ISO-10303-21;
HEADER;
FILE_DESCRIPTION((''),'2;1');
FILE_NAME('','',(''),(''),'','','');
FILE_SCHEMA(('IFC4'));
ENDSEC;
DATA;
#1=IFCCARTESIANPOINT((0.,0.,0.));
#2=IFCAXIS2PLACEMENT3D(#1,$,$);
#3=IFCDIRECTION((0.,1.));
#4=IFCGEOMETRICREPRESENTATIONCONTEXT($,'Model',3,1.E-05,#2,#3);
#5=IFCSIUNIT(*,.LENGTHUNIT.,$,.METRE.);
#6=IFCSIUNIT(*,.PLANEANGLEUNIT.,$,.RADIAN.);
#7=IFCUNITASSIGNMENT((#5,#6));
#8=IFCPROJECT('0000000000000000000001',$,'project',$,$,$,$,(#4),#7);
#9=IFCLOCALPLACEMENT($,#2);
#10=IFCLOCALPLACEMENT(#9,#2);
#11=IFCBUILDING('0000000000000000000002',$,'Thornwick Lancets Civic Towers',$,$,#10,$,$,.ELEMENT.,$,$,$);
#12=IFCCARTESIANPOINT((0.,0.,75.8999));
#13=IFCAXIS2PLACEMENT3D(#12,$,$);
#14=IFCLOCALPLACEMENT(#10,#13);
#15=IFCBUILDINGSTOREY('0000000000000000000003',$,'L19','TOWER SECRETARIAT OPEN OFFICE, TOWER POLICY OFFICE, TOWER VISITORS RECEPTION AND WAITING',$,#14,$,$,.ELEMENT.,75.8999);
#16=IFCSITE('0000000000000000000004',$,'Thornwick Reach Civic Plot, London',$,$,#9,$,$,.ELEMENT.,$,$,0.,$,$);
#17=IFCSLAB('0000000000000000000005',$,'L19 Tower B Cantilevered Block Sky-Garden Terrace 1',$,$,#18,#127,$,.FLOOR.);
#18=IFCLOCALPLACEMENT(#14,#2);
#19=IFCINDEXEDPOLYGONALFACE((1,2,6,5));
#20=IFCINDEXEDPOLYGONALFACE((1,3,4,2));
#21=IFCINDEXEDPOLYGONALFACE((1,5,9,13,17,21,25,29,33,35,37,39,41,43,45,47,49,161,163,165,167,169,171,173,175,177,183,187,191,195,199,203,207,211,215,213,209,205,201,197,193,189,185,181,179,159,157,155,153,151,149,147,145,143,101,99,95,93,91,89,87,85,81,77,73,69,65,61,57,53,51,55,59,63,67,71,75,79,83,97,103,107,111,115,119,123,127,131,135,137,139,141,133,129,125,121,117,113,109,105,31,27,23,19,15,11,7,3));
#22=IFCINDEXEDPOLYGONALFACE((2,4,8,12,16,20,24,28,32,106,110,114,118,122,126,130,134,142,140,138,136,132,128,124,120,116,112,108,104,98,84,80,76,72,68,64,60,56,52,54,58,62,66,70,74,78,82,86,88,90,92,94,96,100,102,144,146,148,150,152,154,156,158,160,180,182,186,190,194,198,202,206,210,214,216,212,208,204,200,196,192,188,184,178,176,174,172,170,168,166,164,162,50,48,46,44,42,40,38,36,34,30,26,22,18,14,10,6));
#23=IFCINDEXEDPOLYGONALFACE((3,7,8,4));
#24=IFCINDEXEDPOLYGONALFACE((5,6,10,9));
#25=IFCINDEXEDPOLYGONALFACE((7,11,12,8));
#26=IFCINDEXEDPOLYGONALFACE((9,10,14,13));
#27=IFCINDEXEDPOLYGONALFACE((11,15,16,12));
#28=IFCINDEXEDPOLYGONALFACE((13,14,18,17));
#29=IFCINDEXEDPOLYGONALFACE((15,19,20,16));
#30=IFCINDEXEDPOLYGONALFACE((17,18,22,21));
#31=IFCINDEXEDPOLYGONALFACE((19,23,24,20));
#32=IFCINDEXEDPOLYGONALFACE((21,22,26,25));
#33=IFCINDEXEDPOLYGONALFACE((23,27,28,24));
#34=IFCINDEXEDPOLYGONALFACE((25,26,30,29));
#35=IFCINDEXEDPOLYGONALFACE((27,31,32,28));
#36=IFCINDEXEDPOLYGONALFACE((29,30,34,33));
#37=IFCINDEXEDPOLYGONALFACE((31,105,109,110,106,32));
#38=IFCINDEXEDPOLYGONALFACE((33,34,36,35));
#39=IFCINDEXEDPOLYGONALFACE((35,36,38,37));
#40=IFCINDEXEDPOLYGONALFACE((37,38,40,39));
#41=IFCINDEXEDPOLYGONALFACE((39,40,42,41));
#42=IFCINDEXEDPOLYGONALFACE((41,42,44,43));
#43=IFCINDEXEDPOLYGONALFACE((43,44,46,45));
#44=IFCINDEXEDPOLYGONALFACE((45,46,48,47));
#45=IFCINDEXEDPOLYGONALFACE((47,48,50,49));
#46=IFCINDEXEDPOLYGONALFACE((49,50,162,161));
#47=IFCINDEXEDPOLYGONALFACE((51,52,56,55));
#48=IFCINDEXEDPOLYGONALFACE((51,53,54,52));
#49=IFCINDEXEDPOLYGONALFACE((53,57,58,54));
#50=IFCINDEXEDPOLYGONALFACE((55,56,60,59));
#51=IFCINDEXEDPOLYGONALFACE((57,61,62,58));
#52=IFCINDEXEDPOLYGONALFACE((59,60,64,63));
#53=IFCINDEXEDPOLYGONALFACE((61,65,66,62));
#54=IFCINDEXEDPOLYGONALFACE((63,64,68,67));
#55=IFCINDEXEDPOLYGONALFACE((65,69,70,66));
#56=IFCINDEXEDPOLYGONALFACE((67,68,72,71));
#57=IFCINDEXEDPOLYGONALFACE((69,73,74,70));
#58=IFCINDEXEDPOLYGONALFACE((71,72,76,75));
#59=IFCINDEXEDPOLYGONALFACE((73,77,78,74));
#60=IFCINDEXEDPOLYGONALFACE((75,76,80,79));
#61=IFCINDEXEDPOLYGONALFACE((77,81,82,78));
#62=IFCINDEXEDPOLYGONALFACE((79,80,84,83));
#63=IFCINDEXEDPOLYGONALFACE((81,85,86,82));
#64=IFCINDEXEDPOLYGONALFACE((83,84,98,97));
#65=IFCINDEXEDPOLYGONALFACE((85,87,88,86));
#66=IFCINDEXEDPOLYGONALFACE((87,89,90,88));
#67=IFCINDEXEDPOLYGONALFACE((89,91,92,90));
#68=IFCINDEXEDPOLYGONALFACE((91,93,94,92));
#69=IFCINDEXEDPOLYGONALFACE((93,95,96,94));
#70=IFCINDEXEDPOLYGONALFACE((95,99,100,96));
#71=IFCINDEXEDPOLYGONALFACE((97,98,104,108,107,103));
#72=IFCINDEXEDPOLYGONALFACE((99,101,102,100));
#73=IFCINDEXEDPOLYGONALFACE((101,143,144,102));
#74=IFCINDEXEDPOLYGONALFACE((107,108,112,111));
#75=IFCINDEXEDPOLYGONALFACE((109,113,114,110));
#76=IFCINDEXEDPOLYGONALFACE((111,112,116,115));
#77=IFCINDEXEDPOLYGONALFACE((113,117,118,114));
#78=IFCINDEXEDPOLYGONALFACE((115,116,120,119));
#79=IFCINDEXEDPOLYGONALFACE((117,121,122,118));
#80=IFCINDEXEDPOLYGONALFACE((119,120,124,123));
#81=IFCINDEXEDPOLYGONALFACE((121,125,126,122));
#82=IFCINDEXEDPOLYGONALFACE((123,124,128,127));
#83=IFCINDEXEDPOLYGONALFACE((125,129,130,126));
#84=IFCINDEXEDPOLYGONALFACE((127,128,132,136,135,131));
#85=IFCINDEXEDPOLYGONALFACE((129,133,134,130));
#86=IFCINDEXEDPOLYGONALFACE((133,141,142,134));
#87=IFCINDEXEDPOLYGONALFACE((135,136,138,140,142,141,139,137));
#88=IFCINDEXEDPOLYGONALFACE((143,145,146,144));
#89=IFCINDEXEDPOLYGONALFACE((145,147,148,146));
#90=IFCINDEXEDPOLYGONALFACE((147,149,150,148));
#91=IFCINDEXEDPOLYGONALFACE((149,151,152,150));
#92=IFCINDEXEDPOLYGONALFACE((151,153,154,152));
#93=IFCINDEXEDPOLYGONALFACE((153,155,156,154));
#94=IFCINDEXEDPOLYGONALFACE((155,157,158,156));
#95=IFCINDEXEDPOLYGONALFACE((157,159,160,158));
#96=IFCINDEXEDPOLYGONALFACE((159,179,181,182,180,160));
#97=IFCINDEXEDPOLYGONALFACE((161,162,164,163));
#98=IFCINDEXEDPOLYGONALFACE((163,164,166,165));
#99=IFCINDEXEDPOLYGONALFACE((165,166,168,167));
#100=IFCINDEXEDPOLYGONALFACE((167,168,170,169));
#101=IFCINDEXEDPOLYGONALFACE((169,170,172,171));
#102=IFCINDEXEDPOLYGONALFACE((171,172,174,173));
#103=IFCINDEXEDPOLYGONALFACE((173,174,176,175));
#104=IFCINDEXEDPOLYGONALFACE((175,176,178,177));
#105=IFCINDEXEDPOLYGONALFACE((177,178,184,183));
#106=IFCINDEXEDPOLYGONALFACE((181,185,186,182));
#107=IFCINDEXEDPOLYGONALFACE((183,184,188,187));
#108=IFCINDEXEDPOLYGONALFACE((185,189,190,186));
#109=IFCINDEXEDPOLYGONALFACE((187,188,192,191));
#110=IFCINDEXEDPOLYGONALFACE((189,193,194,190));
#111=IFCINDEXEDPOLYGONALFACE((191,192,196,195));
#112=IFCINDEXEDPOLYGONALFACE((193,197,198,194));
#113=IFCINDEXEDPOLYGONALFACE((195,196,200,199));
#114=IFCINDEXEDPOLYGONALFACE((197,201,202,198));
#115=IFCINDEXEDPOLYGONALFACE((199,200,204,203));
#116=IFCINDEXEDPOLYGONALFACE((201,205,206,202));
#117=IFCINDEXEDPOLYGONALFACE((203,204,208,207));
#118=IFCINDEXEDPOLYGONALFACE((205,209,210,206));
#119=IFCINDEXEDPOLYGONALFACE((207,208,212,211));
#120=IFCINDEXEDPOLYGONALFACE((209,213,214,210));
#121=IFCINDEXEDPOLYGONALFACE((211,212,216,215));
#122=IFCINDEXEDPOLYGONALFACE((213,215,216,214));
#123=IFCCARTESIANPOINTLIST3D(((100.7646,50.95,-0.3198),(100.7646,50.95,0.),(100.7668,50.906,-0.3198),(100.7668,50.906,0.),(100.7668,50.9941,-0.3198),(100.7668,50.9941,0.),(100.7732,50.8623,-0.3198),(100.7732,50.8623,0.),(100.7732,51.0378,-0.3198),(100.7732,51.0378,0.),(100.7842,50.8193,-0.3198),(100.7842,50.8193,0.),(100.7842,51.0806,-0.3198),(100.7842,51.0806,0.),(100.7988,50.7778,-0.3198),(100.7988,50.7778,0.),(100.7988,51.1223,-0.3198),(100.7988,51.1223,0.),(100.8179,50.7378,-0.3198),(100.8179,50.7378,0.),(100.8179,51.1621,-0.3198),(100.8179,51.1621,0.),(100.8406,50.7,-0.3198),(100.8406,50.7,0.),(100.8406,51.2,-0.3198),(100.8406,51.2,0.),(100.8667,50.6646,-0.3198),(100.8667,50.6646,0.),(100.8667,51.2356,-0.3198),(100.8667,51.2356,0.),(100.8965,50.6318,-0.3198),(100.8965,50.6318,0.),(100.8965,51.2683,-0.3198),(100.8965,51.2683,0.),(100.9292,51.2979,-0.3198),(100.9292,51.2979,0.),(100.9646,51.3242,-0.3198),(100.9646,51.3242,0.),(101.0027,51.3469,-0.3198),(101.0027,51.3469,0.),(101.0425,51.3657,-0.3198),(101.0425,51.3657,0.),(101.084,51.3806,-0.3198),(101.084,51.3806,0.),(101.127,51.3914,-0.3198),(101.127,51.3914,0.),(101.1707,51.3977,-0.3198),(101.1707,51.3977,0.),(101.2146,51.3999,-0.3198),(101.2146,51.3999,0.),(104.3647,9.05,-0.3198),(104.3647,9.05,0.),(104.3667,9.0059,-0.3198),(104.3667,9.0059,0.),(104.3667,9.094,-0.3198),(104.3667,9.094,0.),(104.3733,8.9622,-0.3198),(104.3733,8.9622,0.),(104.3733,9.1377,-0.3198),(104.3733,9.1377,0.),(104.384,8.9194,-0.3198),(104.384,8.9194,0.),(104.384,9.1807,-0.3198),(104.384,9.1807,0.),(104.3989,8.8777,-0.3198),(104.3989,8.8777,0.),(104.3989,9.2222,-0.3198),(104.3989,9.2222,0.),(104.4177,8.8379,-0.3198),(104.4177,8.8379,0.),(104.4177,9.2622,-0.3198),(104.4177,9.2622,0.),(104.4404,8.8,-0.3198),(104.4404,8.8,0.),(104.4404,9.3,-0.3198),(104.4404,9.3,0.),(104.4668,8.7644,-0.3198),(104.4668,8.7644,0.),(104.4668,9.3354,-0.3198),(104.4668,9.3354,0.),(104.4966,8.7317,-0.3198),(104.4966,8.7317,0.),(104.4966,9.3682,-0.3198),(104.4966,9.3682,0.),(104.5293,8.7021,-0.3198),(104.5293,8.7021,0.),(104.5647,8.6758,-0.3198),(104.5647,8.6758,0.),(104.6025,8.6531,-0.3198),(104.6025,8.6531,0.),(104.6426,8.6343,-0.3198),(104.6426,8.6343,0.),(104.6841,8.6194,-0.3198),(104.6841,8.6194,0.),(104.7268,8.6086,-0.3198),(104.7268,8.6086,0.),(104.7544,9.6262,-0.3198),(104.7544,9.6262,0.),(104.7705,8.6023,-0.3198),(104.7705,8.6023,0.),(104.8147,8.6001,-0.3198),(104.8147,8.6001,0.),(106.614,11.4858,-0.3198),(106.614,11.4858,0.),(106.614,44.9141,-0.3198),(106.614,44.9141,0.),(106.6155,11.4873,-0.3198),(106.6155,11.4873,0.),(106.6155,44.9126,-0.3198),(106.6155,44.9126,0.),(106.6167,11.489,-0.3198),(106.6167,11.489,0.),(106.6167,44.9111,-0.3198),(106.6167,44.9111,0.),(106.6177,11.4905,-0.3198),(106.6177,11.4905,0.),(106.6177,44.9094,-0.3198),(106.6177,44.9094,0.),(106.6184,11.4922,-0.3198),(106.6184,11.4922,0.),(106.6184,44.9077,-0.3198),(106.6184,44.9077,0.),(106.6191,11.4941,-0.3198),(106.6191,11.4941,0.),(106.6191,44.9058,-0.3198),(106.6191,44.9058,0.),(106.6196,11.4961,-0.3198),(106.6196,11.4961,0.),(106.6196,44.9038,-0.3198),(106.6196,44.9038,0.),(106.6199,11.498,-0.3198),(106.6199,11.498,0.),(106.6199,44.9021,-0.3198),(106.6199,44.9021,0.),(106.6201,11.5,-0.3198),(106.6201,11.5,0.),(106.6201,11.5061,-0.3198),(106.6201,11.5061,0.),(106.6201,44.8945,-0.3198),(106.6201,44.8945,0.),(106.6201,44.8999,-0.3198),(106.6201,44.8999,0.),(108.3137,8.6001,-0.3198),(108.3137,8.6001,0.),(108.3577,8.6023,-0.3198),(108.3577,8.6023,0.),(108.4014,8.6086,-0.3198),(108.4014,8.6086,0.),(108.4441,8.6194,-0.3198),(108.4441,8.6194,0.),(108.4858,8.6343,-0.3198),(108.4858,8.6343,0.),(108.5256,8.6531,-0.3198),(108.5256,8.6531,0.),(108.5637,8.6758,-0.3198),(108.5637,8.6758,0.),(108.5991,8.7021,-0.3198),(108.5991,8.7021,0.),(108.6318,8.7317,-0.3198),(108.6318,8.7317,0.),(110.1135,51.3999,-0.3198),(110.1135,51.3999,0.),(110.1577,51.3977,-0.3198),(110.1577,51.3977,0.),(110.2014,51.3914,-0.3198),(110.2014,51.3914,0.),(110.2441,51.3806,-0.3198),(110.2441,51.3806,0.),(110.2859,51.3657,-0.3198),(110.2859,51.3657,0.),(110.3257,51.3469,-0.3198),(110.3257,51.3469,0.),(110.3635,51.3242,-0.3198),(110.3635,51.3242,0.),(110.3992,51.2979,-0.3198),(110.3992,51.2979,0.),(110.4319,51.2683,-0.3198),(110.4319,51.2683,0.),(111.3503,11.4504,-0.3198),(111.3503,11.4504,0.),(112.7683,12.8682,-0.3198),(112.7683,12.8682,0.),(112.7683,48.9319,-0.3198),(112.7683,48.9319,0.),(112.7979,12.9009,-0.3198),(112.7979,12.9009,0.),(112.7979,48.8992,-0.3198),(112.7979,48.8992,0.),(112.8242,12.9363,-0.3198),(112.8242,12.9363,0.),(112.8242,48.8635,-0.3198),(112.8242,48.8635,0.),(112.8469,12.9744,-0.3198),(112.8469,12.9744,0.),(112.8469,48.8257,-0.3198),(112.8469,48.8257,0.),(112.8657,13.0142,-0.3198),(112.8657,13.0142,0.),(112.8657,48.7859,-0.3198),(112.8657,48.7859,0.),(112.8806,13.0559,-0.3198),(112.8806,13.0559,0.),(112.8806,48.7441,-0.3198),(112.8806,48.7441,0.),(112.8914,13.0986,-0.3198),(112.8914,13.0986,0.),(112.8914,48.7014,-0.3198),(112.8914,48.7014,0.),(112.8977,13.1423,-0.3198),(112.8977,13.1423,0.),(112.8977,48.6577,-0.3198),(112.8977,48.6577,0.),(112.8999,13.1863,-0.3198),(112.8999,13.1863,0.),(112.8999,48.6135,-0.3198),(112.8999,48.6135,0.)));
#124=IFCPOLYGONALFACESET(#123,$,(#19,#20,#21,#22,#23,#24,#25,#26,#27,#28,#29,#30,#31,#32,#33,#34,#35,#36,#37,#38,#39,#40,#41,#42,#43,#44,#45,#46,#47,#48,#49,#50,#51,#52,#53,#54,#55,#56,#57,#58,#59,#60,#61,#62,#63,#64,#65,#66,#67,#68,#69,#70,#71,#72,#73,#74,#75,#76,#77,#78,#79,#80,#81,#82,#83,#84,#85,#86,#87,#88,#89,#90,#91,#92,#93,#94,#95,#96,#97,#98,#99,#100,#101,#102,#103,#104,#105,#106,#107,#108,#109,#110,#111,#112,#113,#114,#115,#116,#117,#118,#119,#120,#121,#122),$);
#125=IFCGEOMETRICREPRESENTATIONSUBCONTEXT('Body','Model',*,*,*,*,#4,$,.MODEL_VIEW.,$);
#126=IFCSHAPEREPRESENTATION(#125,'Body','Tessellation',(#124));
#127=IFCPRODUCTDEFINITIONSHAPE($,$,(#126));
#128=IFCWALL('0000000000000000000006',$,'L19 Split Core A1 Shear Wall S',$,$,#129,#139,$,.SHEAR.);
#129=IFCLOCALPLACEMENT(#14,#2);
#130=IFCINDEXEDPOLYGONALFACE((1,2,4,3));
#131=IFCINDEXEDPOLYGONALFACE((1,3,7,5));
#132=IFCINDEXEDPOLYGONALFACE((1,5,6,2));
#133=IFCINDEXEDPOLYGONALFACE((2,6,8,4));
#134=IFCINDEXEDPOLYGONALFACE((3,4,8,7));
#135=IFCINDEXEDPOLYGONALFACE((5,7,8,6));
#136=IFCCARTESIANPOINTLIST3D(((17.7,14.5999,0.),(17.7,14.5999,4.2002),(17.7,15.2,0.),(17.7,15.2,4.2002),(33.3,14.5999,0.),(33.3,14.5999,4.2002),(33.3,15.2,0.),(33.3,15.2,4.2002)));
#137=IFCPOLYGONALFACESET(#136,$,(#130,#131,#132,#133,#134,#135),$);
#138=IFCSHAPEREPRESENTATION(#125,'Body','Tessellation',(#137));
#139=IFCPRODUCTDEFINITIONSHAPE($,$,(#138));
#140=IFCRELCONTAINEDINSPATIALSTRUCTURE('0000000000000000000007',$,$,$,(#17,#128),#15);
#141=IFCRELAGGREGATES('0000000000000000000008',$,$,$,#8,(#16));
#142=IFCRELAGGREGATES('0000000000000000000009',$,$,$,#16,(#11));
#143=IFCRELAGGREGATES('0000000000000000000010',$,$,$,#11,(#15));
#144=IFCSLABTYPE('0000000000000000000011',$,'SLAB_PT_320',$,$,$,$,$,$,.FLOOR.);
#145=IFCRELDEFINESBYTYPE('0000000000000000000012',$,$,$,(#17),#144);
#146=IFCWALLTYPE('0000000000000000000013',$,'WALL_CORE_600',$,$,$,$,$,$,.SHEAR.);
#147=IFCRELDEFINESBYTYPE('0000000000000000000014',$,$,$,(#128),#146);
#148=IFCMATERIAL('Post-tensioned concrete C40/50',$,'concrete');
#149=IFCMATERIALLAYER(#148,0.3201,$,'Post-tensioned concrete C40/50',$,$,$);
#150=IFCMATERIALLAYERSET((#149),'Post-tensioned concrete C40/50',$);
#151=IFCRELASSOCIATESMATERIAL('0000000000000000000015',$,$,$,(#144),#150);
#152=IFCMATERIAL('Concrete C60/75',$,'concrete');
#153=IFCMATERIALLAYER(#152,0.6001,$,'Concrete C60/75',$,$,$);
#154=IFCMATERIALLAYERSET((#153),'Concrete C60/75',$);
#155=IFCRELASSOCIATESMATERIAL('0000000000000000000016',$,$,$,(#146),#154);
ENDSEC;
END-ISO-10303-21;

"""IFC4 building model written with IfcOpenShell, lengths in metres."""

from ifc_helpers import new_model, si_unit, direction, frame, frame_2d, origin, place, context, subcontext, project, spatial, polyline, rectangle, outline, extrude, material, layer, layer_set, type_object, element, save


model = new_model("IFC4")

# Units and contexts
model_context = context("Model", 3, precision=1e-05, world=origin(), true_north=direction((0.0, 1.0)))
body_context = subcontext(model_context, "Body", "Model", "MODEL_VIEW")
ifc_project = project(units=[si_unit("LENGTHUNIT", "METRE"), si_unit("PLANEANGLEUNIT", "RADIAN")], contexts=[model_context])

# Site, building, storey
site_placement = place(None, origin())
site = spatial("IfcSite", under=ifc_project, at=site_placement, Name="Thornwick Reach Civic Plot, London", CompositionType="ELEMENT", RefElevation=0.0)
building_placement = place(site_placement, origin())
building = spatial("IfcBuilding", under=site, at=building_placement, Name="Thornwick Lancets Civic Towers", CompositionType="ELEMENT")
storey_placement = place(building_placement, frame((0.0, 0.0, 75.8999)))
storey = spatial("IfcBuildingStorey", under=building, at=storey_placement, Name="L19", Description="TOWER SECRETARIAT OPEN OFFICE, TOWER POLICY OFFICE, TOWER VISITORS RECEPTION AND WAITING", CompositionType="ELEMENT", Elevation=75.8999)

# Shared definitions
ifc_material_1 = material(Name="Concrete C60/75", Category="concrete")

# Slab
ifc_material_2 = material(Name="Post-tensioned concrete C40/50", Category="concrete")
ifc_layer_1 = layer(ifc_material_2, 0.3201, Name="Post-tensioned concrete C40/50")
ifc_layer_set_1 = layer_set([ifc_layer_1], Name="Post-tensioned concrete C40/50")
slab_type_1 = type_object("IfcSlabType", Name="SLAB_PT_320", PredefinedType="FLOOR", material=ifc_layer_set_1)
slab_1_placement = place(storey_placement, frame((0.0, 0.0, -0.3198)))
element("IfcSlab", 1, at=slab_1_placement, inside=storey, type_object=slab_type_1, Name="L19 Tower B Cantilevered Block Sky-Garden Terrace 1", PredefinedType="FLOOR", context=body_context, shape_type="SweptSolid", body=[
    extrude(outline(polyline([(100.8667, 50.6646), (100.8406, 50.7), (100.8179, 50.7378), (100.7988, 50.7778), (100.7842, 50.8193), (100.7732, 50.8623), (100.7668, 50.906), (100.7646, 50.95), (100.7668, 50.9941), (100.7732, 51.0378), (100.7842, 51.0806), (100.7988, 51.1223), (100.8179, 51.1621), (100.8406, 51.2), (100.8667, 51.2356), (100.8965, 51.2683), (100.9292, 51.2979), (100.9646, 51.3242), (101.0027, 51.3469), (101.0425, 51.3657), (101.084, 51.3806), (101.127, 51.3914), (101.1707, 51.3977), (101.2146, 51.3999), (110.1135, 51.3999), (110.1577, 51.3977), (110.2014, 51.3914), (110.2441, 51.3806), (110.2859, 51.3657), (110.3257, 51.3469), (110.3635, 51.3242), (110.3992, 51.2979), (110.4319, 51.2683), (112.7683, 48.9319), (112.7979, 48.8992), (112.8242, 48.8635), (112.8469, 48.8257), (112.8657, 48.7859), (112.8806, 48.7441), (112.8914, 48.7014), (112.8977, 48.6577), (112.8999, 48.6135), (112.8999, 13.1863), (112.8977, 13.1423), (112.8914, 13.0986), (112.8806, 13.0559), (112.8657, 13.0142), (112.8469, 12.9744), (112.8242, 12.9363), (112.7979, 12.9009), (112.7683, 12.8682), (111.3503, 11.4504), (108.6318, 8.7317), (108.5991, 8.7021), (108.5637, 8.6758), (108.5256, 8.6531), (108.4858, 8.6343), (108.4441, 8.6194), (108.4014, 8.6086), (108.3577, 8.6023), (108.3137, 8.6001), (104.8147, 8.6001), (104.7705, 8.6023), (104.7268, 8.6086), (104.6841, 8.6194), (104.6426, 8.6343), (104.6025, 8.6531), (104.5647, 8.6758), (104.5293, 8.7021), (104.4966, 8.7317), (104.4668, 8.7644), (104.4404, 8.8), (104.4177, 8.8379), (104.3989, 8.8777), (104.384, 8.9194), (104.3733, 8.9622), (104.3667, 9.0059), (104.3647, 9.05), (104.3667, 9.094), (104.3733, 9.1377), (104.384, 9.1807), (104.3989, 9.2222), (104.4177, 9.2622), (104.4404, 9.3), (104.4668, 9.3354), (104.4966, 9.3682), (104.7544, 9.6262), (106.614, 11.4858), (106.6155, 11.4873), (106.6167, 11.489), (106.6177, 11.4905), (106.6184, 11.4922), (106.6191, 11.4941), (106.6196, 11.4961), (106.6199, 11.498), (106.6201, 11.5), (106.6201, 11.5061), (106.6201, 44.8945), (106.6201, 44.8999), (106.6199, 44.9021), (106.6196, 44.9038), (106.6191, 44.9058), (106.6184, 44.9077), (106.6177, 44.9094), (106.6167, 44.9111), (106.6155, 44.9126), (106.614, 44.9141), (100.8965, 50.6318), (100.8667, 50.6646)])), origin(), (0.0, 0.0, 1.0), 0.3198),
])

# Wall
ifc_layer_2 = layer(ifc_material_1, 0.6001, Name="Concrete C60/75")
ifc_layer_set_2 = layer_set([ifc_layer_2], Name="Concrete C60/75")
wall_type_1 = type_object("IfcWallType", Name="WALL_CORE_600", PredefinedType="SHEAR", material=ifc_layer_set_2)
wall_1_placement = place(storey_placement, frame((17.7, 14.8999, 0.0), z_axis=(0.0, 0.0, 1.0), x_axis=(1.0, 0.0, 0.0)))
element("IfcWall", 2, at=wall_1_placement, inside=storey, type_object=wall_type_1, Name="L19 Split Core A1 Shear Wall S", PredefinedType="SHEAR", context=body_context, shape_type="SweptSolid", body=[
    extrude(rectangle(XDim=15.6001, YDim=0.6001, at=frame_2d((7.8, 0.0))), origin(), (0.0, 0.0, 1.0), 4.2002),
])

save(model, "model.ifc")
